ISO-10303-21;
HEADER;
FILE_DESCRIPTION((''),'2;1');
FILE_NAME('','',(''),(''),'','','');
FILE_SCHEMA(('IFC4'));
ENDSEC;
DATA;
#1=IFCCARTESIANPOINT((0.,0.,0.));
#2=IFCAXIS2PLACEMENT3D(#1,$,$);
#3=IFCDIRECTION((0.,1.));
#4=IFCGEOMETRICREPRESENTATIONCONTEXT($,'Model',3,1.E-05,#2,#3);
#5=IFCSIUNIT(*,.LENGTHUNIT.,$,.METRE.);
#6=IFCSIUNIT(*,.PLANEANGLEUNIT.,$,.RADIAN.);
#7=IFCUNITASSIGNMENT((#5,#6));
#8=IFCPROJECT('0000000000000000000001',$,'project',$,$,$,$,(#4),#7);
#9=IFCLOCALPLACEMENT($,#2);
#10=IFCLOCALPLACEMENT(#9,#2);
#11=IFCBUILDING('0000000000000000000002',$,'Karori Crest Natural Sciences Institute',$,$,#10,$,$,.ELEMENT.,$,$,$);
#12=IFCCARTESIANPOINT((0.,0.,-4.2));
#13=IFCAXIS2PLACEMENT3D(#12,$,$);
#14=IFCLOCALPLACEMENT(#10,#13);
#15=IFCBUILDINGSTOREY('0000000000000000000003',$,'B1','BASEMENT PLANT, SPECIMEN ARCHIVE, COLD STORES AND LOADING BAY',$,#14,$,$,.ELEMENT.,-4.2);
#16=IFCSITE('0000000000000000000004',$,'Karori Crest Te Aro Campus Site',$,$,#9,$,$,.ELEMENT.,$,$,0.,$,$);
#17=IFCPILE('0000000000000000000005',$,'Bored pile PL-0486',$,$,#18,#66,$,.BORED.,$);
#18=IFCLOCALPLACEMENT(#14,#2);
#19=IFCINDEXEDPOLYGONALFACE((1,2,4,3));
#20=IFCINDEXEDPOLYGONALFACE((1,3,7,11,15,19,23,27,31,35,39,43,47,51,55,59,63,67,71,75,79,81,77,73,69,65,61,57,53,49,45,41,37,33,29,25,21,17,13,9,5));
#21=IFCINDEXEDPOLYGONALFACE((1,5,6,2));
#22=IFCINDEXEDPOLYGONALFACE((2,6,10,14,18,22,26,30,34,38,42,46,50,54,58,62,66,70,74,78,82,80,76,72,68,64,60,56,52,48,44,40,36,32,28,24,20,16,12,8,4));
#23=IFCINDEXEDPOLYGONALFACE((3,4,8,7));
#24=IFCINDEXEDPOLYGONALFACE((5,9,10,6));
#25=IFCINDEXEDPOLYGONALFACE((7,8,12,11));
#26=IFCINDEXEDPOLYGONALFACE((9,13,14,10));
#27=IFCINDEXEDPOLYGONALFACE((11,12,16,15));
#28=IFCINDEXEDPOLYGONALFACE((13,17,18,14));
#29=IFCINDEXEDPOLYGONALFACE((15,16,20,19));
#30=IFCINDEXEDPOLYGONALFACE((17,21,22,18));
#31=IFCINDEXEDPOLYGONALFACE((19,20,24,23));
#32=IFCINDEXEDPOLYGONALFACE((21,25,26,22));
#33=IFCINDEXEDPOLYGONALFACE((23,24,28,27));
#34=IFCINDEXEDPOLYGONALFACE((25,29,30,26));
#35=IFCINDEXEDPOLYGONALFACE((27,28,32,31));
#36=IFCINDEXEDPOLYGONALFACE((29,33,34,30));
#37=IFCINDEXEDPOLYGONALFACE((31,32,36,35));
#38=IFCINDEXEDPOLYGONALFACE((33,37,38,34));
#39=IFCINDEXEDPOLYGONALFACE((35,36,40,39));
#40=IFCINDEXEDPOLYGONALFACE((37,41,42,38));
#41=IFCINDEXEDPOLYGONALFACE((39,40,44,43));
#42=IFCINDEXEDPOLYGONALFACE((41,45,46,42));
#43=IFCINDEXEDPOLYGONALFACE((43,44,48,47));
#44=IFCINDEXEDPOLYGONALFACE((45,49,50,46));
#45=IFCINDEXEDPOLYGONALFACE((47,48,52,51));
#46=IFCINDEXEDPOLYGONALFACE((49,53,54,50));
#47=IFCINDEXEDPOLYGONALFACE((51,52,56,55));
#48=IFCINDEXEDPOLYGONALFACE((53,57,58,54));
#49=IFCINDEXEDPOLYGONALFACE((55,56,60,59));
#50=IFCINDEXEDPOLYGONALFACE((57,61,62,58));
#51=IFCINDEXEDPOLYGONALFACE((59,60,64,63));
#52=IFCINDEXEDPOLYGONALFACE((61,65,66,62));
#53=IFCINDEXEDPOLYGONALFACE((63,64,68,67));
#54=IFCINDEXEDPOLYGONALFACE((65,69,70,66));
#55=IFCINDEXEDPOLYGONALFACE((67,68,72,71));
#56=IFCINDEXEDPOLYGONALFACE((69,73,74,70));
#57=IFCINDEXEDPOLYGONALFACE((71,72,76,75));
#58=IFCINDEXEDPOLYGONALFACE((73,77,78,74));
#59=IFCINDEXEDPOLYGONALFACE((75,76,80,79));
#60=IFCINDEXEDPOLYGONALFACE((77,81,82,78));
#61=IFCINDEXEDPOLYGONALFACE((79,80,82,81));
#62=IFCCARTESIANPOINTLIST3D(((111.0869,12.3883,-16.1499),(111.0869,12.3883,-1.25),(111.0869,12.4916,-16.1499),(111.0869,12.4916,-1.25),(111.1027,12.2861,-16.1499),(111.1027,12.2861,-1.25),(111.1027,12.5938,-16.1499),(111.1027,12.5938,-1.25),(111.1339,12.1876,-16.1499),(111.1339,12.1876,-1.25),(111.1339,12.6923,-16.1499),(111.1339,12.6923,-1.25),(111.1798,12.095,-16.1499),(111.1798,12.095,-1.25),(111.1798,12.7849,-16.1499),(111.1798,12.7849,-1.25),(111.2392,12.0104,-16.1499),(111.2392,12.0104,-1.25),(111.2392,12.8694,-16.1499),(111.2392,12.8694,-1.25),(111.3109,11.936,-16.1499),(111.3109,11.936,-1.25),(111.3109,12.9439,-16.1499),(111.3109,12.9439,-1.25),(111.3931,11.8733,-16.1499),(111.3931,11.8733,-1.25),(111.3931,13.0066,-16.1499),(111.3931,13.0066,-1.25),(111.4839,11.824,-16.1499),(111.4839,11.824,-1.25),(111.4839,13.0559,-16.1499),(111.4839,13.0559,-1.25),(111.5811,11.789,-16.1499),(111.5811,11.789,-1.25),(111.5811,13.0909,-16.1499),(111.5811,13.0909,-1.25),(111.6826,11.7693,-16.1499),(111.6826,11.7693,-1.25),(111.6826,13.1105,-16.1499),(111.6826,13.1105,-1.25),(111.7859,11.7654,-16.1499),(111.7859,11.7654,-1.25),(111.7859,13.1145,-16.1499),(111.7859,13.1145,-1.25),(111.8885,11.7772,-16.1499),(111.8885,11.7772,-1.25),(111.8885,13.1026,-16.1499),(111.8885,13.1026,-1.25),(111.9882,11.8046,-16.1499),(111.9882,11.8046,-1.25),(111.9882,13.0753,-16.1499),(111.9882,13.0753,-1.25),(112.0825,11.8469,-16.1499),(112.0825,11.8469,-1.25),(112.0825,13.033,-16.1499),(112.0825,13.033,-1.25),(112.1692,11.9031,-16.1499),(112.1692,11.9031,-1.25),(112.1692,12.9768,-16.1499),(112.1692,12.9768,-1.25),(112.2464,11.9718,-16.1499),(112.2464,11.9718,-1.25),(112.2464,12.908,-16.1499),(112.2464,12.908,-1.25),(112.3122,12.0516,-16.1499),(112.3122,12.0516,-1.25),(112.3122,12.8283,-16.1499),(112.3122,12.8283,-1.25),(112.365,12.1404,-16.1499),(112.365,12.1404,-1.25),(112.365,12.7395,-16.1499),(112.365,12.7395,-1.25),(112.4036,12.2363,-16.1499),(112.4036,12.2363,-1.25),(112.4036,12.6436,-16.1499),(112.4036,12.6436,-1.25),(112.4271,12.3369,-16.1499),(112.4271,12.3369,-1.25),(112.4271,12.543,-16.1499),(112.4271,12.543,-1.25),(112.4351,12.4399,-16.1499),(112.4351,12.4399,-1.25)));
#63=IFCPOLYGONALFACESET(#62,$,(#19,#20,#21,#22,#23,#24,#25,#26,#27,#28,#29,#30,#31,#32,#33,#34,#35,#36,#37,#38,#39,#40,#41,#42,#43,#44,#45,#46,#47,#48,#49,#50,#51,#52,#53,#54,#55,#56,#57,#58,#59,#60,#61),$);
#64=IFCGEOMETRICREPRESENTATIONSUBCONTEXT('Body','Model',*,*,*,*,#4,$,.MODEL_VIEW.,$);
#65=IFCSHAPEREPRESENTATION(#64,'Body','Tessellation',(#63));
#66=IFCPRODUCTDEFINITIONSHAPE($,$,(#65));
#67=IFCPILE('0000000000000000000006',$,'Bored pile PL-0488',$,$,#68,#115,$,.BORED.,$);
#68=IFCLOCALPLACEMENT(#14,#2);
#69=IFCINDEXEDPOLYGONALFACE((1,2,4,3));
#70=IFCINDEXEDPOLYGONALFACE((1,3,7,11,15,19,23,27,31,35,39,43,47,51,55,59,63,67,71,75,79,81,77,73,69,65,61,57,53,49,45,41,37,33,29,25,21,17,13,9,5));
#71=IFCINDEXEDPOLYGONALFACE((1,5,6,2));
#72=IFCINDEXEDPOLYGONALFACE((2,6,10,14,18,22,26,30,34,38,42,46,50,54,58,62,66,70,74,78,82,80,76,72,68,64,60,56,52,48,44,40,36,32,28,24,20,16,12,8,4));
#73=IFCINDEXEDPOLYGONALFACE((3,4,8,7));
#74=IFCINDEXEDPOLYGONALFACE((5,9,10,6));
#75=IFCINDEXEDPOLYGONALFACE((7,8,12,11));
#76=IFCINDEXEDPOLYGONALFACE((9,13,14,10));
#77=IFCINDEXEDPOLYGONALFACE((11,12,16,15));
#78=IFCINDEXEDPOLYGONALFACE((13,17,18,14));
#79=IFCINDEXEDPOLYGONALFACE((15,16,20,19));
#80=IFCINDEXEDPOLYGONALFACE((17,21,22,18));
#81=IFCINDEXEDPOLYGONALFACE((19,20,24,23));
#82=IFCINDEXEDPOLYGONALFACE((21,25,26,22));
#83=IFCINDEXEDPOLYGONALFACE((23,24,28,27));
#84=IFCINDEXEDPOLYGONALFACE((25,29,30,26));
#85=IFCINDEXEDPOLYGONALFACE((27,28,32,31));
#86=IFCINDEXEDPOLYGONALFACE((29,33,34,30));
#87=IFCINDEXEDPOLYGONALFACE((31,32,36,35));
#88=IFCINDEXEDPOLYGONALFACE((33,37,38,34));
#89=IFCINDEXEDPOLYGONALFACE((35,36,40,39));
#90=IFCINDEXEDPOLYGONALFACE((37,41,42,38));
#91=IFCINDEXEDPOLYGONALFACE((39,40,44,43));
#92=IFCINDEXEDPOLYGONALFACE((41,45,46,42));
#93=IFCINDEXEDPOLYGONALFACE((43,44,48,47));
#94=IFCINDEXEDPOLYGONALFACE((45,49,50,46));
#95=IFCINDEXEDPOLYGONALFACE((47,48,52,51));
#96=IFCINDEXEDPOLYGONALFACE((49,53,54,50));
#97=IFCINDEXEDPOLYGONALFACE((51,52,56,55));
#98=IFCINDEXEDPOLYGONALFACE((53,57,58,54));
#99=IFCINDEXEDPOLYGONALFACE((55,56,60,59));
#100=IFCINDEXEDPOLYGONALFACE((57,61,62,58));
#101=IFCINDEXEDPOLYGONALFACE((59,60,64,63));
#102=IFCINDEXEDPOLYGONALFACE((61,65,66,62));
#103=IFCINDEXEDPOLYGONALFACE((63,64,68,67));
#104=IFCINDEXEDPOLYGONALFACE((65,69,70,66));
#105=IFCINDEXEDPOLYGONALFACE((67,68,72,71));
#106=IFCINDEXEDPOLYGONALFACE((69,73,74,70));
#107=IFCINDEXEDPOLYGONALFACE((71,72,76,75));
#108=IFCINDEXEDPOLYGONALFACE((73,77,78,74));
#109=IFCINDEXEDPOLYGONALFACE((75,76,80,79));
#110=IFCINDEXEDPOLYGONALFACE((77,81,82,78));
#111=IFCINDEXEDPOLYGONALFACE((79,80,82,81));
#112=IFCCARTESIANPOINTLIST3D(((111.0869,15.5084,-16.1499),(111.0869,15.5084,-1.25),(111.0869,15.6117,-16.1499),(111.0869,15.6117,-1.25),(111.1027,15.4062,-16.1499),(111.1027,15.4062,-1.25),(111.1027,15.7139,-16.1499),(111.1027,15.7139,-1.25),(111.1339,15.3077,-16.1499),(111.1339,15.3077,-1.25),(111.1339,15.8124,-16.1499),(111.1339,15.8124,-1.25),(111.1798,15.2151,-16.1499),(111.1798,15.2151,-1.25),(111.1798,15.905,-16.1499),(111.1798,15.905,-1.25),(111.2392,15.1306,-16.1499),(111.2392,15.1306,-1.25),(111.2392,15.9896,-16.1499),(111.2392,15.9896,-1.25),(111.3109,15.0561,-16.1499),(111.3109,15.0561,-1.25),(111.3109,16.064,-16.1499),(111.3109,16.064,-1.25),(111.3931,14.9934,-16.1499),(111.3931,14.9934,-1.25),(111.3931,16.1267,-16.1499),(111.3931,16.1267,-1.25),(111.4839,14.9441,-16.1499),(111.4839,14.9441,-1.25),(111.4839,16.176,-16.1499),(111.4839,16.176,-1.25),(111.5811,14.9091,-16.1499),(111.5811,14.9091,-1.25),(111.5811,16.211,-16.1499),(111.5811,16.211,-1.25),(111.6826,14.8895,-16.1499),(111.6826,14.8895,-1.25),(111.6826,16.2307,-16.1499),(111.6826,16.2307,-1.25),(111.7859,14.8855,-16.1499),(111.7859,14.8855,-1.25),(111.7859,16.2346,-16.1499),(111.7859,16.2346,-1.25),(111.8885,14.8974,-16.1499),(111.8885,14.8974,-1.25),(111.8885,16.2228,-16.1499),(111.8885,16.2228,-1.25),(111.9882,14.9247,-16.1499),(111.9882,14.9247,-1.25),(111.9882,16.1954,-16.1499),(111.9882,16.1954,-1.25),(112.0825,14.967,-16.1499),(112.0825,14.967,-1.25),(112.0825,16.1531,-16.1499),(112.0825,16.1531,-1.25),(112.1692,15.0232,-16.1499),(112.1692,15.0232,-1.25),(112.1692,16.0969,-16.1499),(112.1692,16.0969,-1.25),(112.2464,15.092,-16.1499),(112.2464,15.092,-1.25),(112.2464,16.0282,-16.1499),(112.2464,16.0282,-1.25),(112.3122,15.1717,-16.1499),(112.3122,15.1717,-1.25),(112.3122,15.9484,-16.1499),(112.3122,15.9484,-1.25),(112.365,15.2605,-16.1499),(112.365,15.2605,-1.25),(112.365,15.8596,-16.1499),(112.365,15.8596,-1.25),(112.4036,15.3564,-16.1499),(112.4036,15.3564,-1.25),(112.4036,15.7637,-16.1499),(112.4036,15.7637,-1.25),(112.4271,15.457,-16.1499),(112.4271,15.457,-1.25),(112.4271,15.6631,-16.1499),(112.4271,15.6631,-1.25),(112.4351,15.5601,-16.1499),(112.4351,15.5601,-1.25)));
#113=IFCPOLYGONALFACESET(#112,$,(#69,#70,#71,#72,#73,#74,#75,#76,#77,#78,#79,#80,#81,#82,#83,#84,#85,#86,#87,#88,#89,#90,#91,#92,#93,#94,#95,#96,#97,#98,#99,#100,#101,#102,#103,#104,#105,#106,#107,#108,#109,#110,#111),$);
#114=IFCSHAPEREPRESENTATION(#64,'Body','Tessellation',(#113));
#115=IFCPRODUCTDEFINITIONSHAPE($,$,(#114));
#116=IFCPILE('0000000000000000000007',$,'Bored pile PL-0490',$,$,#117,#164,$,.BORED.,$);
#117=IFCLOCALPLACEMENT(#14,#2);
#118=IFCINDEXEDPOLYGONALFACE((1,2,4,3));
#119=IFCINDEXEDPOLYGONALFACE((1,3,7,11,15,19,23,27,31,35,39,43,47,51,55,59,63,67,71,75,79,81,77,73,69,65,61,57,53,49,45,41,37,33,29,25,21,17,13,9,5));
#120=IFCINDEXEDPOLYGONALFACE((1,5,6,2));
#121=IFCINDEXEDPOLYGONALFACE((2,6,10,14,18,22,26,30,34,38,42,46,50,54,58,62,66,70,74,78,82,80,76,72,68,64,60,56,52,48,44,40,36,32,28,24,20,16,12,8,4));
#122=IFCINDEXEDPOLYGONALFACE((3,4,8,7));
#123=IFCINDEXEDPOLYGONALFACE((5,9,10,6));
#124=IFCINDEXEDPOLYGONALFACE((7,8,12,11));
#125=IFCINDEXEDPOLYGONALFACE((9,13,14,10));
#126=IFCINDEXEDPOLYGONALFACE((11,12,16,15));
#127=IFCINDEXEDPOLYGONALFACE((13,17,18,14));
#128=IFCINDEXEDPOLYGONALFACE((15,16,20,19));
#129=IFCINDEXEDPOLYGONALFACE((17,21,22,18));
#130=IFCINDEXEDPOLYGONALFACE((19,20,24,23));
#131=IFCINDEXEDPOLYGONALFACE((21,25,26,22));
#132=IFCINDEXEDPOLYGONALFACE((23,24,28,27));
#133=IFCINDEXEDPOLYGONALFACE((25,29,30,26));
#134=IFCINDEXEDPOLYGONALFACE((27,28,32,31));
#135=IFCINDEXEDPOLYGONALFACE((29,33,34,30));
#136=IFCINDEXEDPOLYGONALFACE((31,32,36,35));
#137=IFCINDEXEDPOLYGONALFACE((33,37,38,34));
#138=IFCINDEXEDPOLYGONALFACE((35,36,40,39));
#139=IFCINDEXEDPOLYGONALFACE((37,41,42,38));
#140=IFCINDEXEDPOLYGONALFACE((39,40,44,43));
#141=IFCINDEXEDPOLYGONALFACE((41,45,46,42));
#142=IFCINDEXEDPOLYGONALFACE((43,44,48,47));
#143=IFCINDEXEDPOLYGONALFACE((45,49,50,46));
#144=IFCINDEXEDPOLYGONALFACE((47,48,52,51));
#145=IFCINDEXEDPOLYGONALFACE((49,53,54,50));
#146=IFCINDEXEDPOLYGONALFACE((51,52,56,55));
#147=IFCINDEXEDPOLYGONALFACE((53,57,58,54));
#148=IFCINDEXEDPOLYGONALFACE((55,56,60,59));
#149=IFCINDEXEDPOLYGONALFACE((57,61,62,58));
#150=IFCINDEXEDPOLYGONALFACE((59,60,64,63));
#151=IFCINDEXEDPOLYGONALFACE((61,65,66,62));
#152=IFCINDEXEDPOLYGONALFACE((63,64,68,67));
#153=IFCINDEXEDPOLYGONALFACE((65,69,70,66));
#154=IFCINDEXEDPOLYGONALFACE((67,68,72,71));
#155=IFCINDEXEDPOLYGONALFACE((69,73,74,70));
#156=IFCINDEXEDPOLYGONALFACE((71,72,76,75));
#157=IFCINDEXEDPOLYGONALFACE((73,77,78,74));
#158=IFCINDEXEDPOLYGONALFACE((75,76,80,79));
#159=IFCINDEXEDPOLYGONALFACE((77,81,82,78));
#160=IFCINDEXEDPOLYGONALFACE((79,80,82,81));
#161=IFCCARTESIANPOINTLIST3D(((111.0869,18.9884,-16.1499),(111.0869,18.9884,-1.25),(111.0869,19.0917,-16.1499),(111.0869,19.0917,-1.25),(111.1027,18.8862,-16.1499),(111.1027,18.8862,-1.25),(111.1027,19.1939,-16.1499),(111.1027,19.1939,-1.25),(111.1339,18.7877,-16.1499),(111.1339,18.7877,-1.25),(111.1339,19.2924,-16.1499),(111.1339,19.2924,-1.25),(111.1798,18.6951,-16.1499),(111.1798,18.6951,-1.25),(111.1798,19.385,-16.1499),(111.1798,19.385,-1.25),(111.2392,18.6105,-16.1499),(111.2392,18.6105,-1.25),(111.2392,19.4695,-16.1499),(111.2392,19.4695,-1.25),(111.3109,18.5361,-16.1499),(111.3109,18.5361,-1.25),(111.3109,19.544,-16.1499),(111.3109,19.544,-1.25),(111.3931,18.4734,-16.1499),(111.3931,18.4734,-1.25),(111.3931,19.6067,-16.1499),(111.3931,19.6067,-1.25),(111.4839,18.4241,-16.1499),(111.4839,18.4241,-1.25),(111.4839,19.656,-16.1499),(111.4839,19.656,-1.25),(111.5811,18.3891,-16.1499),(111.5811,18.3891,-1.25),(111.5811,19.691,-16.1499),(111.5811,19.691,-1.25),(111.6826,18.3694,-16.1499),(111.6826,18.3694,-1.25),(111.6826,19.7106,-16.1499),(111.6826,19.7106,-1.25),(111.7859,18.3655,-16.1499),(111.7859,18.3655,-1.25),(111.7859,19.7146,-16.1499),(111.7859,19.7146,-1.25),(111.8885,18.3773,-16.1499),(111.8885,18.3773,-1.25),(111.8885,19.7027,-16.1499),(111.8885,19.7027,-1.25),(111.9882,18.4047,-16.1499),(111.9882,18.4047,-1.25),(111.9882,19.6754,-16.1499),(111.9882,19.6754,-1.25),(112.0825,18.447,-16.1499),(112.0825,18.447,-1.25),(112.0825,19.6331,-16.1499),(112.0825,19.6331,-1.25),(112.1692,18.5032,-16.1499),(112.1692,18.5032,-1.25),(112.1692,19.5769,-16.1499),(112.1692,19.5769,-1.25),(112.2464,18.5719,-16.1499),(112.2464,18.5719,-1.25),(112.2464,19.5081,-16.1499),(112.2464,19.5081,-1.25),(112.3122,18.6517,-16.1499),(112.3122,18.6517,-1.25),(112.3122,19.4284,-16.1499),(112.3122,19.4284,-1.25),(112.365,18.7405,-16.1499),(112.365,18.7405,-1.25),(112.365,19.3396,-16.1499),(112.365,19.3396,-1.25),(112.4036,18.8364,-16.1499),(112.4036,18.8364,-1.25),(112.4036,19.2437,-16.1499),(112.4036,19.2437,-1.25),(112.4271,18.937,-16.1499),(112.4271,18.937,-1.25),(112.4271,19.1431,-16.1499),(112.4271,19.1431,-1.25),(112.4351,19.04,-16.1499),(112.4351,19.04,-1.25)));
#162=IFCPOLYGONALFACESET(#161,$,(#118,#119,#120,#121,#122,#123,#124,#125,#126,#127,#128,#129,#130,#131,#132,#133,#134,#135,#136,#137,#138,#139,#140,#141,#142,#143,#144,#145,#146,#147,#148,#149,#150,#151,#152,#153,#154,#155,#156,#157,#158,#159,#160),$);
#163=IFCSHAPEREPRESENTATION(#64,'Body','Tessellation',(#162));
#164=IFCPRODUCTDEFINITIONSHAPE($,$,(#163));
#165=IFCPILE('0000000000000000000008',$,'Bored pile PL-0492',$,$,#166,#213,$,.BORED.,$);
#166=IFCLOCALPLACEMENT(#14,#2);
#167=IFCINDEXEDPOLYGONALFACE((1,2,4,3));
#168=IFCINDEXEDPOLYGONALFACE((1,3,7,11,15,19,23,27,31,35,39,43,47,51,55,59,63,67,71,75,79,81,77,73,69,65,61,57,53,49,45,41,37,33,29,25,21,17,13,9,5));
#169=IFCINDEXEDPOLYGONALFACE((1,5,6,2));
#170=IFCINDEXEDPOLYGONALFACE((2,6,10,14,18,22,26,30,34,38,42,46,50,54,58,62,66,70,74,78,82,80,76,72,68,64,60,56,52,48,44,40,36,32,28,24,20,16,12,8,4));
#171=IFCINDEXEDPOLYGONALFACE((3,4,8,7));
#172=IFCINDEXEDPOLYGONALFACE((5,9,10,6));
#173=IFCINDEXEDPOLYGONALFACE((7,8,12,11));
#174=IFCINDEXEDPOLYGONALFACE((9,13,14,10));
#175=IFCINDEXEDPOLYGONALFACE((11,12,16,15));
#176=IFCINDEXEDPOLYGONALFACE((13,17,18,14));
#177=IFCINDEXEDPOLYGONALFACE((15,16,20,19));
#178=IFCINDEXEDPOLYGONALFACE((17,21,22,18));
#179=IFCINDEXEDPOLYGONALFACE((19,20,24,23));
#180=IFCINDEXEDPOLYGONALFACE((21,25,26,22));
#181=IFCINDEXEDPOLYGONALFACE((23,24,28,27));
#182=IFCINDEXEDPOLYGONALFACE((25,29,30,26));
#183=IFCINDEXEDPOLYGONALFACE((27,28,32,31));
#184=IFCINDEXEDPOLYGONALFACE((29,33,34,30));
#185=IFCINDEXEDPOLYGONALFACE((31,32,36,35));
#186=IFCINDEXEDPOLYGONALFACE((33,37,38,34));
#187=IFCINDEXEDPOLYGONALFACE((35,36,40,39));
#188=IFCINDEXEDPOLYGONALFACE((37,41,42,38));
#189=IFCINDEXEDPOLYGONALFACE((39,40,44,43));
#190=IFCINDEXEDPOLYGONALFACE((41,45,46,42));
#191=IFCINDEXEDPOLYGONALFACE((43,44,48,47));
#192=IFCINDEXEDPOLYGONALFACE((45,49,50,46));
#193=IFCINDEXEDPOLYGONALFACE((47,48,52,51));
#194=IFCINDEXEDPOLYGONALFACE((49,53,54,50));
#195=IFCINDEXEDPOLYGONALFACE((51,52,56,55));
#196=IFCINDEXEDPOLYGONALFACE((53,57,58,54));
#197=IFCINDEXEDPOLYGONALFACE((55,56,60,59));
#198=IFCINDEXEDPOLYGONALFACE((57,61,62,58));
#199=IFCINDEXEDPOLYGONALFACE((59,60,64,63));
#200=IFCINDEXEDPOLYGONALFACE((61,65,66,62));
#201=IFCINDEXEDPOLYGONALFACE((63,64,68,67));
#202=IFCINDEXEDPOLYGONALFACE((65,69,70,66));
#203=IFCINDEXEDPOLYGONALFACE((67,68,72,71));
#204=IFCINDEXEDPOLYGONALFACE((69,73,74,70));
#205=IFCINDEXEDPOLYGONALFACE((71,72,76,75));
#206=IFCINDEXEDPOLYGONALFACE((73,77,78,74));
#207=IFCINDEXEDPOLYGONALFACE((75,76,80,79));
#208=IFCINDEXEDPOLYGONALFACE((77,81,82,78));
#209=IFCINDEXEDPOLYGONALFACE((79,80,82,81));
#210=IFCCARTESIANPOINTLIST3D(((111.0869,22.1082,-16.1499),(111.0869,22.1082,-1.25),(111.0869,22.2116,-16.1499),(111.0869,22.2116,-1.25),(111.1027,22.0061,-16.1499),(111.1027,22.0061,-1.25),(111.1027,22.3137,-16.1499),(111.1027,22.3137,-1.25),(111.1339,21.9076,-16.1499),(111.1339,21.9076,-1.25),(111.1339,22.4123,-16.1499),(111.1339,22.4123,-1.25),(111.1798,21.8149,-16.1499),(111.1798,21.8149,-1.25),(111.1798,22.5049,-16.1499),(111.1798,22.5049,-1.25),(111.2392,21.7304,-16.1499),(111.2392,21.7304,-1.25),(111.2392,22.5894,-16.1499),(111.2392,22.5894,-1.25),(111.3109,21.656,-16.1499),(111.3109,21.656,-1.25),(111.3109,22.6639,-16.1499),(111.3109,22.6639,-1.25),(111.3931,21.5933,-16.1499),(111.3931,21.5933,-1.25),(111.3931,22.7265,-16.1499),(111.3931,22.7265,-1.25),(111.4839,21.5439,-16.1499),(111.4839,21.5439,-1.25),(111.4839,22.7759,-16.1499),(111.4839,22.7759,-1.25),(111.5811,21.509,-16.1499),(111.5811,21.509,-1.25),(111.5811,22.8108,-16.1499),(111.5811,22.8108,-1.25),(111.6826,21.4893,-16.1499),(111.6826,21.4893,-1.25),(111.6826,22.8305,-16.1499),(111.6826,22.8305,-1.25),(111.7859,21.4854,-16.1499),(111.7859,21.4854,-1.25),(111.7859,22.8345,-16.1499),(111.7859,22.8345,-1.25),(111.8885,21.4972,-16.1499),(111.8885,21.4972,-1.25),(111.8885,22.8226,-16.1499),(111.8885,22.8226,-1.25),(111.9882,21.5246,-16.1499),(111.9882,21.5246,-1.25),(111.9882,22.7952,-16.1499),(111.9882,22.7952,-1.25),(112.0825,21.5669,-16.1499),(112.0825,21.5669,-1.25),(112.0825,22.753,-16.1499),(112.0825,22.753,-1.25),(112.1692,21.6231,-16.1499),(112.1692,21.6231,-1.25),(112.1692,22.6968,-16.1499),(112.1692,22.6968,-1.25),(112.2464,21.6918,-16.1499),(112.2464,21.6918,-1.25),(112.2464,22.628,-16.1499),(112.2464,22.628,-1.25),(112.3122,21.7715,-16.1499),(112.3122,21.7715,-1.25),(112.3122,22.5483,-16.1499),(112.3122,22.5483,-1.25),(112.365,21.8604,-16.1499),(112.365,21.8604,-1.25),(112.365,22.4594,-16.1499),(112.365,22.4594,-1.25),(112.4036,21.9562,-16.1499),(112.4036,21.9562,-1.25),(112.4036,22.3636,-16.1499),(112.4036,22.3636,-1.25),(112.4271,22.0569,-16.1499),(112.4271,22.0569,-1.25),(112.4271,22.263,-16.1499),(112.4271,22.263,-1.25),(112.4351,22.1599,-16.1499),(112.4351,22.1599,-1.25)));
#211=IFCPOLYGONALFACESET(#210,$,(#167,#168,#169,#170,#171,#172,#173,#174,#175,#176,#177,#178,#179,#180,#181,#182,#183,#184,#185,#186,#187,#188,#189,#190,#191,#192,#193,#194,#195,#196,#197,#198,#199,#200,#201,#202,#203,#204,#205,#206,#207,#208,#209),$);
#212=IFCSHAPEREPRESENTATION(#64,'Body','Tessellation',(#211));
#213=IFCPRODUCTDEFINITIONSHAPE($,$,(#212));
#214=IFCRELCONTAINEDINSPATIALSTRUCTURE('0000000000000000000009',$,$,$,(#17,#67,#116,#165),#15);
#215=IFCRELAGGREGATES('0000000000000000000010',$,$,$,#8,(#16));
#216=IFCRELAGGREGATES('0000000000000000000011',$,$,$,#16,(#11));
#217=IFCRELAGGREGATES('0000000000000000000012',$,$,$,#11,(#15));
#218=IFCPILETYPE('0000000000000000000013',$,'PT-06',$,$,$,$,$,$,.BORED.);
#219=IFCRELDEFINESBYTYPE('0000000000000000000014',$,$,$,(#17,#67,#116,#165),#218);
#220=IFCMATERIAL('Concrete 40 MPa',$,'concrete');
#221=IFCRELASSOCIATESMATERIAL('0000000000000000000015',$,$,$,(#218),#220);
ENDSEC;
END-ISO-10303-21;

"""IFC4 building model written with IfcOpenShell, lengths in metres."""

from ifc_helpers import new_model, si_unit, direction, frame, origin, origin_2d, place, context, subcontext, project, spatial, circle, extrude, material, material_profile, profile_set, type_object, element, save


model = new_model("IFC4")

# Units and contexts
model_context = context("Model", 3, precision=1e-05, world=origin(), true_north=direction((0.0, 1.0)))
body_context = subcontext(model_context, "Body", "Model", "MODEL_VIEW")
ifc_project = project(units=[si_unit("LENGTHUNIT", "METRE"), si_unit("PLANEANGLEUNIT", "RADIAN")], contexts=[model_context])

# Site, building, storey
site_placement = place(None, origin())
site = spatial("IfcSite", under=ifc_project, at=site_placement, Name="Karori Crest Te Aro Campus Site", CompositionType="ELEMENT", RefElevation=0.0)
building_placement = place(site_placement, origin())
building = spatial("IfcBuilding", under=site, at=building_placement, Name="Karori Crest Natural Sciences Institute", CompositionType="ELEMENT")
storey_placement = place(building_placement, frame((0.0, 0.0, -4.2)))
storey = spatial("IfcBuildingStorey", under=building, at=storey_placement, Name="B1", Description="BASEMENT PLANT, SPECIMEN ARCHIVE, COLD STORES AND LOADING BAY", CompositionType="ELEMENT", Elevation=-4.2)

# Shared definitions
ifc_material_1 = material(Name="Concrete 40 MPa", Category="concrete")

# Piles
ifc_material_profile_1 = material_profile(ifc_material_1, circle(Radius=0.675, at=origin_2d()), Name="PILE1350")
ifc_profile_set_1 = profile_set([ifc_material_profile_1], Name="Concrete 40 MPa")
pile_type_1 = type_object("IfcPileType", Name="PT-06", PredefinedType="BORED", material=ifc_profile_set_1)
for number, where, z_axis, x_axis, name in (
    (1, (111.76, 12.4399, -1.25), (0.0, 0.0, -1.0), (1.0, 0.0, 0.0), "Bored pile PL-0486"),
    (2, (111.76, 15.5601, -1.25), (0.0, 0.0, -1.0), (1.0, 0.0, 0.0), "Bored pile PL-0488"),
    (3, (111.76, 19.04, -1.25), (0.0, 0.0, -1.0), (1.0, 0.0, 0.0), "Bored pile PL-0490"),
    (4, (111.76, 22.1599, -1.25), (0.0, 0.0, -1.0), (1.0, 0.0, 0.0), "Bored pile PL-0492"),
):
    element("IfcPile", number, at=place(storey_placement, frame(where, z_axis=z_axis, x_axis=x_axis)), inside=storey, type_object=pile_type_1, Name=name, PredefinedType="BORED", context=body_context, shape_type="SweptSolid", body=[
        extrude(circle(Radius=0.675, at=origin_2d()), origin(), (0.0, 0.0, 1.0), 14.8999),
    ])

save(model, "model.ifc")
